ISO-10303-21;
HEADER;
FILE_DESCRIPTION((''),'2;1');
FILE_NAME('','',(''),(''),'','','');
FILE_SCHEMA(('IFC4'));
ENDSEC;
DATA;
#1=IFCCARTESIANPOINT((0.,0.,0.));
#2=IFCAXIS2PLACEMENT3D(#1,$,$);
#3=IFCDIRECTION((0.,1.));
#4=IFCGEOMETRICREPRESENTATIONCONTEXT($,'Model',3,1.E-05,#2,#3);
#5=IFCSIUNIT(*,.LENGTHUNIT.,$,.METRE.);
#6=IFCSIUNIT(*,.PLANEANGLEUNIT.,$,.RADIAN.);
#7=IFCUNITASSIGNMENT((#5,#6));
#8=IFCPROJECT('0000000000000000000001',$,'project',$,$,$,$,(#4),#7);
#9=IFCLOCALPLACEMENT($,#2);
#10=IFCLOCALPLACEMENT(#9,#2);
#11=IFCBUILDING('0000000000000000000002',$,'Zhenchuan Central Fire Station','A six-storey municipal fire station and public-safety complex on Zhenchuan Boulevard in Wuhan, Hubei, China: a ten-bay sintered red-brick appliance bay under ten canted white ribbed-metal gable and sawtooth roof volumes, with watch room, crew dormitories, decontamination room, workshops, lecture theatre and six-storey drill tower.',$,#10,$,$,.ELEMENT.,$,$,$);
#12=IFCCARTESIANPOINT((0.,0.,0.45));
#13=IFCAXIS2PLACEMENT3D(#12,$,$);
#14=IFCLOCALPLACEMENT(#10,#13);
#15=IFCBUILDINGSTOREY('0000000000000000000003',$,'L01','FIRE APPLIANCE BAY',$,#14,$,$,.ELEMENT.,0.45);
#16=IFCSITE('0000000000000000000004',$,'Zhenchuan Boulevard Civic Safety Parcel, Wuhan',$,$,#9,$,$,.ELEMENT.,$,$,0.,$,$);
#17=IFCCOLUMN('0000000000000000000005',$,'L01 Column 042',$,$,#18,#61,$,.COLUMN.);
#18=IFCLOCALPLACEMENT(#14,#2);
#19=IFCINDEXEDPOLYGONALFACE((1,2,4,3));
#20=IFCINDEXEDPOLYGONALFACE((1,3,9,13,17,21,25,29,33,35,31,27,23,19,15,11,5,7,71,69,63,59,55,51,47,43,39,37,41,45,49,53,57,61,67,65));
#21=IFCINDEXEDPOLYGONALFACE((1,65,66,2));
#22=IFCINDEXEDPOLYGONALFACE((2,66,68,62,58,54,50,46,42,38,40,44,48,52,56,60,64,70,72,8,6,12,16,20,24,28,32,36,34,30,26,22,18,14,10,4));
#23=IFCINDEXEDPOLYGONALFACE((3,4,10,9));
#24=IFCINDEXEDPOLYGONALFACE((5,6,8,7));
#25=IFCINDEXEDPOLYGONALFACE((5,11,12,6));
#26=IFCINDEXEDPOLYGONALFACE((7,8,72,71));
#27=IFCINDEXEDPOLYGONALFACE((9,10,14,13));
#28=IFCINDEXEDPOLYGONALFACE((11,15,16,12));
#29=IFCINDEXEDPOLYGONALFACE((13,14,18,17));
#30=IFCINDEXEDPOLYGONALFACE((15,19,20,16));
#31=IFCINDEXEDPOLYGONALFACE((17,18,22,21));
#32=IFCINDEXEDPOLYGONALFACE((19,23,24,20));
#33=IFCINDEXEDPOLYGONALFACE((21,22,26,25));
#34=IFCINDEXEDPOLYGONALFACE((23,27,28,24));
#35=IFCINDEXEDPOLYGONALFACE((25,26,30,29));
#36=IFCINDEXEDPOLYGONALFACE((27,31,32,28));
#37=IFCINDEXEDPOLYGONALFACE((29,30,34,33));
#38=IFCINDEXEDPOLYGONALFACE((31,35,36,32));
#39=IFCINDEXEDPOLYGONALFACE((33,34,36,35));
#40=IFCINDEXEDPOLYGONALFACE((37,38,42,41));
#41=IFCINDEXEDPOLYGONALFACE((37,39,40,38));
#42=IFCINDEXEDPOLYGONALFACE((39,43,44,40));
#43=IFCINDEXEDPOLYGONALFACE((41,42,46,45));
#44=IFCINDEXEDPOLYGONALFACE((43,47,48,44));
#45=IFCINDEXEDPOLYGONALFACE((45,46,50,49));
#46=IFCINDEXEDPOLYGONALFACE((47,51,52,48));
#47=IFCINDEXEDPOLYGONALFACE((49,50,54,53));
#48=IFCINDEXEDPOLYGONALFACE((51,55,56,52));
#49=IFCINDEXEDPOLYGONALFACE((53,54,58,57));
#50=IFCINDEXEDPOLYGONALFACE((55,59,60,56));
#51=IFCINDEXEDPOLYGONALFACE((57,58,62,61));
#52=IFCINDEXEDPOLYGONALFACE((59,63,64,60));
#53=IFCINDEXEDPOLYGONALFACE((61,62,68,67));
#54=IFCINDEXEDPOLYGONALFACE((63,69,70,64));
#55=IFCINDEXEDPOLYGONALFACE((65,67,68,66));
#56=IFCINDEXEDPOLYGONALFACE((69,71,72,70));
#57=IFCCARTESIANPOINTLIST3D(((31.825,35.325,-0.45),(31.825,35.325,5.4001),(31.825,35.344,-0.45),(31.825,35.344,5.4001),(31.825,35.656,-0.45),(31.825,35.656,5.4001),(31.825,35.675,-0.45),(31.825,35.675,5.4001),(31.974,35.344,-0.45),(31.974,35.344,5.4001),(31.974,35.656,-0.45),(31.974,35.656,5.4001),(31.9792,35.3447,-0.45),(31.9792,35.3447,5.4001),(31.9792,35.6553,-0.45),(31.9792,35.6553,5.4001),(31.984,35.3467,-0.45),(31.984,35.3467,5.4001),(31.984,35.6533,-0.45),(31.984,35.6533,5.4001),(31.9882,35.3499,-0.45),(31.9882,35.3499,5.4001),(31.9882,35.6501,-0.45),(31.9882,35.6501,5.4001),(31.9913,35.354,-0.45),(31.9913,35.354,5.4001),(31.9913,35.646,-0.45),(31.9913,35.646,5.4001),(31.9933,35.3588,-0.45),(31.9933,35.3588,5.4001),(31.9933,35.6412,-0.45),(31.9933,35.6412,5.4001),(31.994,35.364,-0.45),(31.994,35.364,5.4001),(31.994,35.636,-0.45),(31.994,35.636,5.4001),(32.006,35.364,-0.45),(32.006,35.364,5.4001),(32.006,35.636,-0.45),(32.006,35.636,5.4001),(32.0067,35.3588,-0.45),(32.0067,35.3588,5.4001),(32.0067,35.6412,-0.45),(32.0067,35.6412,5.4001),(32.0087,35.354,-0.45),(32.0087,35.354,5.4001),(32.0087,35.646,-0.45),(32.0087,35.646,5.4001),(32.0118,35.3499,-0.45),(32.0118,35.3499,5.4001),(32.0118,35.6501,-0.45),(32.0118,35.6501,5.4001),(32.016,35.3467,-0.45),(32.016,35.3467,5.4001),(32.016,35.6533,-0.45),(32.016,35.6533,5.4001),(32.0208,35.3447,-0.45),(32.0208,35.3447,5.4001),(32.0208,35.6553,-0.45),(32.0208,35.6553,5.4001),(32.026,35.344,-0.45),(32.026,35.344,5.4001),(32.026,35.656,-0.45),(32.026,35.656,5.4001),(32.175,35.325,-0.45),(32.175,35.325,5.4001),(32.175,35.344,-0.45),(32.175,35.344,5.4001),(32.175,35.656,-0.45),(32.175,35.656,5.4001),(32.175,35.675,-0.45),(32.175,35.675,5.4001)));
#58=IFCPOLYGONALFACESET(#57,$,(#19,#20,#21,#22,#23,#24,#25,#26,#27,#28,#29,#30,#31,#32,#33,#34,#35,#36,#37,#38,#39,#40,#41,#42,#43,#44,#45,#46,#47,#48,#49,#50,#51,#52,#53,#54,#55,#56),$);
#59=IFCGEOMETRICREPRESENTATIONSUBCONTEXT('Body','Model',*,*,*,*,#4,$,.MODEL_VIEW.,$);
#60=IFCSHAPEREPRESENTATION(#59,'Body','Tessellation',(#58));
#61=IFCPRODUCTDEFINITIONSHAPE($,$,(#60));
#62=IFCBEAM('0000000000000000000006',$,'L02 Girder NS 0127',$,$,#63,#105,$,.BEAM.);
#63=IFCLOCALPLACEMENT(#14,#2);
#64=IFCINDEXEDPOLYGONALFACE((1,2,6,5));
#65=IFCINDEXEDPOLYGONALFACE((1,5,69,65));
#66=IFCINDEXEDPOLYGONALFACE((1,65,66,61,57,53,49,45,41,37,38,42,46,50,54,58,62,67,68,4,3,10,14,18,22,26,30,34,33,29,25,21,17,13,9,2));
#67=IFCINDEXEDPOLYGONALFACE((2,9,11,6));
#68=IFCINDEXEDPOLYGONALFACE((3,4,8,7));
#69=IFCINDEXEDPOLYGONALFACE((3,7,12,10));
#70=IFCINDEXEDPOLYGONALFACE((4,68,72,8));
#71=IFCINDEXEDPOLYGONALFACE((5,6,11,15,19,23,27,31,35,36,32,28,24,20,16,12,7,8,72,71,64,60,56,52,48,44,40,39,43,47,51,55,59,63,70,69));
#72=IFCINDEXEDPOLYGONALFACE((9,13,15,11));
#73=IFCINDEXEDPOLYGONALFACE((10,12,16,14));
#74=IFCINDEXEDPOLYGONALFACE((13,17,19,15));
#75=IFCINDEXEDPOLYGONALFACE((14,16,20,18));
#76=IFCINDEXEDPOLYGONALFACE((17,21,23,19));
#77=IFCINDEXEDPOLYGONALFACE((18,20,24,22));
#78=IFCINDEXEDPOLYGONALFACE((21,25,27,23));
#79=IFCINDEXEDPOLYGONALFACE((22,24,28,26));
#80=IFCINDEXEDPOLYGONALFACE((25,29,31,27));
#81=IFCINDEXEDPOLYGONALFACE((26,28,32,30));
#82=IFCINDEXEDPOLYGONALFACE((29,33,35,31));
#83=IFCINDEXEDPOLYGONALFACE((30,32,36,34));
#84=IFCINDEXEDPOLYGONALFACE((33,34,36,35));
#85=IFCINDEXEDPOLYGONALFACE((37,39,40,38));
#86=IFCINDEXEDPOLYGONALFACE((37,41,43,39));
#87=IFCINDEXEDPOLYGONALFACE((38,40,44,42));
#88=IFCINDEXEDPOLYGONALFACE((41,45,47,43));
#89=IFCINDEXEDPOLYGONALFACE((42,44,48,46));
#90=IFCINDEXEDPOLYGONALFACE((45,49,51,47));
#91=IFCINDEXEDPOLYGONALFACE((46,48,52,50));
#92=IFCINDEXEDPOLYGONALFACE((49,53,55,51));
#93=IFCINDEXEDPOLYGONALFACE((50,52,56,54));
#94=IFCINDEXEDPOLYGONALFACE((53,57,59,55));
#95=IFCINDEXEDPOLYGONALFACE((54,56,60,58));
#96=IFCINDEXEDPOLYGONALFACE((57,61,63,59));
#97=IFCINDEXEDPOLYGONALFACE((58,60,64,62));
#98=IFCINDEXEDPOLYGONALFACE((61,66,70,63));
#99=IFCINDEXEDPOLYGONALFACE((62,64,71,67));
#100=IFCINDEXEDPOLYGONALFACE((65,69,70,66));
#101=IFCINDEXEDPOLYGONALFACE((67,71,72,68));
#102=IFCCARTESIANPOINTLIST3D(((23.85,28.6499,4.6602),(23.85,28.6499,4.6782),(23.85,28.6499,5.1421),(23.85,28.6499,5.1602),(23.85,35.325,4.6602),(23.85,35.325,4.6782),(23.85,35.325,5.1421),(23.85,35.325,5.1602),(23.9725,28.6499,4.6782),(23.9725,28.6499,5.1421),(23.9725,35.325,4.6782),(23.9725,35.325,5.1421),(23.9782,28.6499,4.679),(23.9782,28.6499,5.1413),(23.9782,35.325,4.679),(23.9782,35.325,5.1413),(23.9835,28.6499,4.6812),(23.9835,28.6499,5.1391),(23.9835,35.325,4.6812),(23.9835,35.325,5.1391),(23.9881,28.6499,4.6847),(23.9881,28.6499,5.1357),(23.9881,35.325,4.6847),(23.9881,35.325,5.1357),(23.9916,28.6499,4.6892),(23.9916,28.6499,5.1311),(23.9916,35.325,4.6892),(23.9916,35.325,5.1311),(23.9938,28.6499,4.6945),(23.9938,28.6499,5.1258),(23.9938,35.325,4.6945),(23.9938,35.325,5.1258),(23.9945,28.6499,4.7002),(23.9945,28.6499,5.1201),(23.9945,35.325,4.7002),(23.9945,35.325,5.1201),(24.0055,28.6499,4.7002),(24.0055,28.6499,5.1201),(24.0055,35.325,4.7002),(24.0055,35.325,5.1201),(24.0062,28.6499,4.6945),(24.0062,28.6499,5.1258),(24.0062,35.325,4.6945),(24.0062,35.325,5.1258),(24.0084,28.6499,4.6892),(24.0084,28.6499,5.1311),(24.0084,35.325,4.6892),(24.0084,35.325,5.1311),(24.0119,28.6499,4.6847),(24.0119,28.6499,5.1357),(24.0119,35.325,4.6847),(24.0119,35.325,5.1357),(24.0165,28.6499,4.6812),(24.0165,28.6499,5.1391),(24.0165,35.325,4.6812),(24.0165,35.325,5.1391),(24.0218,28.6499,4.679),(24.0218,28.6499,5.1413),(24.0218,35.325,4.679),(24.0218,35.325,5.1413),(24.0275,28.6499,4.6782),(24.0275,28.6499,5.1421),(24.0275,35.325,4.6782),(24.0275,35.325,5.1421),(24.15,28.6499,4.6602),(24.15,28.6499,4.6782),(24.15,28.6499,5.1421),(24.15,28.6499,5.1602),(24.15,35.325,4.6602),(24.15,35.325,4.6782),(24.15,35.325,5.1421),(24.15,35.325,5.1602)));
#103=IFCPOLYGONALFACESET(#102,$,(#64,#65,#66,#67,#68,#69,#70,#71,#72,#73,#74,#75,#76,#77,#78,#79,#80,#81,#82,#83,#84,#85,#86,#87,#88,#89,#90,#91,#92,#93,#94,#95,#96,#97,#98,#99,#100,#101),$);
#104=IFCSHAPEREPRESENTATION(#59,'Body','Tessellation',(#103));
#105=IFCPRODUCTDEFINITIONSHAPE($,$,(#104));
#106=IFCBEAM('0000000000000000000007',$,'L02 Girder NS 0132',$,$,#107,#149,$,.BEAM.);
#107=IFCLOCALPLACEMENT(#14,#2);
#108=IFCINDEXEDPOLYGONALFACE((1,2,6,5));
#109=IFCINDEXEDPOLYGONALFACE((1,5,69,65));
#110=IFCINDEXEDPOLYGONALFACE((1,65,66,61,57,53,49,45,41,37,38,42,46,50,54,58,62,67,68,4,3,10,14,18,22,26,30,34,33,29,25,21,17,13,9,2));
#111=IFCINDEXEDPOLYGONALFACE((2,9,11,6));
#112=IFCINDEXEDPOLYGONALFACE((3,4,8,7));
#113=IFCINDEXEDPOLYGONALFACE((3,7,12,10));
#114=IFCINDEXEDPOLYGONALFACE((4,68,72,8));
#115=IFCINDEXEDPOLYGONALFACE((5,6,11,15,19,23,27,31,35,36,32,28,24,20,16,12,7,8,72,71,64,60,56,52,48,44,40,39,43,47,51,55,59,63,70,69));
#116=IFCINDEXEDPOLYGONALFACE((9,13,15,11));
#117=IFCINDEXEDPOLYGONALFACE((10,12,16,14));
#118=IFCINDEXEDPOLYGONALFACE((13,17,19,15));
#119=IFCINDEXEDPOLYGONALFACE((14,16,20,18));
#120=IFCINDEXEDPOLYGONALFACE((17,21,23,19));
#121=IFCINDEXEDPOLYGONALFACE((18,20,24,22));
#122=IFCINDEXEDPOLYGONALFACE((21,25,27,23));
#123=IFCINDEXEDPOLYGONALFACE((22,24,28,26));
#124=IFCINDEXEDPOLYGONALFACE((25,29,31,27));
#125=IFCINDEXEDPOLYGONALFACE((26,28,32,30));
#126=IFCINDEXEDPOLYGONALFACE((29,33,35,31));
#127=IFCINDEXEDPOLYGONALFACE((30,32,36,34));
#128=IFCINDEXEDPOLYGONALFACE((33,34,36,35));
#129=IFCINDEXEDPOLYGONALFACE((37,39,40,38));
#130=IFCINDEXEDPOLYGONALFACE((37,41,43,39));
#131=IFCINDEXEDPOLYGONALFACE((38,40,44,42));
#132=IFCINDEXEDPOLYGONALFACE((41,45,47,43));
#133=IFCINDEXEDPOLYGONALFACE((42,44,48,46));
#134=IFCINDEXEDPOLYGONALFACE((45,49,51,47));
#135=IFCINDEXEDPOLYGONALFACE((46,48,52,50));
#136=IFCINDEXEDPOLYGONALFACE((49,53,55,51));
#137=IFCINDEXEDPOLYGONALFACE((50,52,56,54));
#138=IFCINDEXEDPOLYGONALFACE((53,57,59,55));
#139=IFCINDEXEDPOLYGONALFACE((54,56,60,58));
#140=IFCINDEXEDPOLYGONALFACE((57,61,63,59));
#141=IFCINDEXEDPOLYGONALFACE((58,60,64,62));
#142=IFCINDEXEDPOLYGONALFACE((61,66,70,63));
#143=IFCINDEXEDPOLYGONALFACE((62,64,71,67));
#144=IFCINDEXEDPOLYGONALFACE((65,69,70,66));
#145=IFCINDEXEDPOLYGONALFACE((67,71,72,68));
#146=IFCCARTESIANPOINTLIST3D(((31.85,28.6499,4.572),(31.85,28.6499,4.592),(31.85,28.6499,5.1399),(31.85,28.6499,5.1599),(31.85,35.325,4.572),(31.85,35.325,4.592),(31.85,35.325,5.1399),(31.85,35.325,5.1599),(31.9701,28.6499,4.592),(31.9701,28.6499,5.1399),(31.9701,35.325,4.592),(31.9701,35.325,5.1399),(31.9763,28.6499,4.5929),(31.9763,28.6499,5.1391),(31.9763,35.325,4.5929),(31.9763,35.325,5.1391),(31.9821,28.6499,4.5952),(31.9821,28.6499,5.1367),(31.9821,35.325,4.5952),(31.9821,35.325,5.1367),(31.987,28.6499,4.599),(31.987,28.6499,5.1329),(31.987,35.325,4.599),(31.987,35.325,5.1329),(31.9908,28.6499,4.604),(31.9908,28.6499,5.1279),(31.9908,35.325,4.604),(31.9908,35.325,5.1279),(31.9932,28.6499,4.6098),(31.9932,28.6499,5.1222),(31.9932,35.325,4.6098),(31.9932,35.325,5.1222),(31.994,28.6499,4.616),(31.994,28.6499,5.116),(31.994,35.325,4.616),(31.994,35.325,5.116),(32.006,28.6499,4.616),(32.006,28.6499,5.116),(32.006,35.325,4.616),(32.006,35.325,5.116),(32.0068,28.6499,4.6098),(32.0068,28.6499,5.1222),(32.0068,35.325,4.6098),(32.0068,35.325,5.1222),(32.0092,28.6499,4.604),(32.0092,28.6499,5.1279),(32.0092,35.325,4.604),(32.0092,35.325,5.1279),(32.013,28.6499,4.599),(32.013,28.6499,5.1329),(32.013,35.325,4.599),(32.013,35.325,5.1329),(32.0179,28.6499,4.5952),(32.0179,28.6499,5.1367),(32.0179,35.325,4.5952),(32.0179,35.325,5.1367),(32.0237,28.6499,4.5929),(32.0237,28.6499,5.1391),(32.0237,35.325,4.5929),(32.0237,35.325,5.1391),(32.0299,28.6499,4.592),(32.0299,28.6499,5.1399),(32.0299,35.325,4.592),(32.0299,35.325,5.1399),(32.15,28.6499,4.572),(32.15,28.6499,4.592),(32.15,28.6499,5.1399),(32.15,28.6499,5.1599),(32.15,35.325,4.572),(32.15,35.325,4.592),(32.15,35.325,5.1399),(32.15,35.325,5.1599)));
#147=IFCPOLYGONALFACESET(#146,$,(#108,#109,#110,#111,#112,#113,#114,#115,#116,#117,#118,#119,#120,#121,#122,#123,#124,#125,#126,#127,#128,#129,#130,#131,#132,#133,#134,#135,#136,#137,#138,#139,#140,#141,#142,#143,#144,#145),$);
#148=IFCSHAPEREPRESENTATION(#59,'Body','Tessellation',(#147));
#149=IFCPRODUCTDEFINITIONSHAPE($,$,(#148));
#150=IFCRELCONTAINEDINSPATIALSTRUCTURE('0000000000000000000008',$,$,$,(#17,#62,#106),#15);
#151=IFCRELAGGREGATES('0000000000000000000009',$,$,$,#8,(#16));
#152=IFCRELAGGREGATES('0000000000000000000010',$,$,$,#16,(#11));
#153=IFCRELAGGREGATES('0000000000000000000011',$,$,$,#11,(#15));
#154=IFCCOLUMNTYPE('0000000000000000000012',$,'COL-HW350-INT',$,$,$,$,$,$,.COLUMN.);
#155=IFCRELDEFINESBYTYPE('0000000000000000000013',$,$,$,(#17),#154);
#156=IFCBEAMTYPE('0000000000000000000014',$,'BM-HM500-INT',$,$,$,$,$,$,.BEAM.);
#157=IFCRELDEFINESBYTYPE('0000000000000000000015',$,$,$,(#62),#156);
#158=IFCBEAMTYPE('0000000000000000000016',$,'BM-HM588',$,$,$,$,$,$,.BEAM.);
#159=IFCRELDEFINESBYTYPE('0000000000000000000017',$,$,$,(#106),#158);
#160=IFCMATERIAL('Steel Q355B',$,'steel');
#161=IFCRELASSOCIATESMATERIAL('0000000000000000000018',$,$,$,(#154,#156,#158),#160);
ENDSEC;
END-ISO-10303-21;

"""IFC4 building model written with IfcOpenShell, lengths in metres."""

from ifc_helpers import new_model, si_unit, direction, frame, origin, origin_2d, place, context, subcontext, project, spatial, i_section, extrude, material, material_profile, profile_set, type_object, element, save


model = new_model("IFC4")

# Units and contexts
model_context = context("Model", 3, precision=1e-05, world=origin(), true_north=direction((0.0, 1.0)))
body_context = subcontext(model_context, "Body", "Model", "MODEL_VIEW")
ifc_project = project(units=[si_unit("LENGTHUNIT", "METRE"), si_unit("PLANEANGLEUNIT", "RADIAN")], contexts=[model_context])

# Site, building, storey
site_placement = place(None, origin())
site = spatial("IfcSite", under=ifc_project, at=site_placement, Name="Zhenchuan Boulevard Civic Safety Parcel, Wuhan", CompositionType="ELEMENT", RefElevation=0.0)
building_placement = place(site_placement, origin())
building = spatial("IfcBuilding", under=site, at=building_placement, Name="Zhenchuan Central Fire Station", Description="A six-storey municipal fire station and public-safety complex on Zhenchuan Boulevard in Wuhan, Hubei, China: a ten-bay sintered red-brick appliance bay under ten canted white ribbed-metal gable and sawtooth roof volumes, with watch room, crew dormitories, decontamination room, workshops, lecture theatre and six-storey drill tower.", CompositionType="ELEMENT")
storey_placement = place(building_placement, frame((0.0, 0.0, 0.45)))
storey = spatial("IfcBuildingStorey", under=building, at=storey_placement, Name="L01", Description="FIRE APPLIANCE BAY", CompositionType="ELEMENT", Elevation=0.45)

# Column
ifc_material_1 = material(Name="Steel Q355B", Category="steel")
ifc_material_profile_1 = material_profile(ifc_material_1, i_section(OverallWidth=0.3501, OverallDepth=0.3501, WebThickness=0.012, FlangeThickness=0.019, FilletRadius=0.02, at=origin_2d()), Name="HW 350x350")
ifc_profile_set_1 = profile_set([ifc_material_profile_1], Name="Steel Q355B")
column_type = type_object("IfcColumnType", Name="COL-HW350-INT", PredefinedType="COLUMN", material=ifc_profile_set_1)
for number, where, z_axis, x_axis, name in (
    (1, (32.0, 35.5, -0.45), (0.0, 0.0, 1.0), (1.0, 0.0, 0.0), "L01 Column 042"),
):
    element("IfcColumn", number, at=place(storey_placement, frame(where, z_axis=z_axis, x_axis=x_axis)), inside=storey, type_object=column_type, Name=name, PredefinedType="COLUMN", context=body_context, shape_type="SweptSolid", body=[
        extrude(i_section(OverallWidth=0.3501, OverallDepth=0.3501, WebThickness=0.012, FlangeThickness=0.019, FilletRadius=0.02, at=origin_2d()), origin(), (0.0, 0.0, 1.0), 5.8501),
    ])

# Beams
ifc_material_profile_2 = material_profile(ifc_material_1, i_section(OverallWidth=0.3, OverallDepth=0.5, WebThickness=0.011, FlangeThickness=0.0181, FilletRadius=0.022, at=origin_2d()), Name="HM 500x300")
ifc_profile_set_2 = profile_set([ifc_material_profile_2], Name="Steel Q355B")
beam_type_1 = type_object("IfcBeamType", Name="BM-HM500-INT", PredefinedType="BEAM", material=ifc_profile_set_2)
beam_1_placement = place(storey_placement, frame((24.0, 28.6499, 4.9102), z_axis=(0.0, 1.0, 0.0), x_axis=(-1.0, 0.0, 0.0)))
element("IfcBeam", 2, at=beam_1_placement, inside=storey, type_object=beam_type_1, Name="L02 Girder NS 0127", PredefinedType="BEAM", context=body_context, shape_type="SweptSolid", body=[
    extrude(i_section(OverallWidth=0.3, OverallDepth=0.5, WebThickness=0.011, FlangeThickness=0.0181, FilletRadius=0.022, at=origin_2d()), origin(), (0.0, 0.0, 1.0), 6.675),
])
ifc_material_profile_3 = material_profile(ifc_material_1, i_section(OverallWidth=0.3, OverallDepth=0.5879, WebThickness=0.012, FlangeThickness=0.02, FilletRadius=0.0239, at=origin_2d()), Name="HM 588x300")
ifc_profile_set_3 = profile_set([ifc_material_profile_3], Name="Steel Q355B")
beam_type_2 = type_object("IfcBeamType", Name="BM-HM588", PredefinedType="BEAM", material=ifc_profile_set_3)
beam_2_placement = place(storey_placement, frame((32.0, 28.6499, 4.866), z_axis=(0.0, 1.0, 0.0), x_axis=(-1.0, 0.0, 0.0)))
element("IfcBeam", 3, at=beam_2_placement, inside=storey, type_object=beam_type_2, Name="L02 Girder NS 0132", PredefinedType="BEAM", context=body_context, shape_type="SweptSolid", body=[
    extrude(i_section(OverallWidth=0.3, OverallDepth=0.5879, WebThickness=0.012, FlangeThickness=0.02, FilletRadius=0.0239, at=origin_2d()), origin(), (0.0, 0.0, 1.0), 6.675),
])

save(model, "model.ifc")
